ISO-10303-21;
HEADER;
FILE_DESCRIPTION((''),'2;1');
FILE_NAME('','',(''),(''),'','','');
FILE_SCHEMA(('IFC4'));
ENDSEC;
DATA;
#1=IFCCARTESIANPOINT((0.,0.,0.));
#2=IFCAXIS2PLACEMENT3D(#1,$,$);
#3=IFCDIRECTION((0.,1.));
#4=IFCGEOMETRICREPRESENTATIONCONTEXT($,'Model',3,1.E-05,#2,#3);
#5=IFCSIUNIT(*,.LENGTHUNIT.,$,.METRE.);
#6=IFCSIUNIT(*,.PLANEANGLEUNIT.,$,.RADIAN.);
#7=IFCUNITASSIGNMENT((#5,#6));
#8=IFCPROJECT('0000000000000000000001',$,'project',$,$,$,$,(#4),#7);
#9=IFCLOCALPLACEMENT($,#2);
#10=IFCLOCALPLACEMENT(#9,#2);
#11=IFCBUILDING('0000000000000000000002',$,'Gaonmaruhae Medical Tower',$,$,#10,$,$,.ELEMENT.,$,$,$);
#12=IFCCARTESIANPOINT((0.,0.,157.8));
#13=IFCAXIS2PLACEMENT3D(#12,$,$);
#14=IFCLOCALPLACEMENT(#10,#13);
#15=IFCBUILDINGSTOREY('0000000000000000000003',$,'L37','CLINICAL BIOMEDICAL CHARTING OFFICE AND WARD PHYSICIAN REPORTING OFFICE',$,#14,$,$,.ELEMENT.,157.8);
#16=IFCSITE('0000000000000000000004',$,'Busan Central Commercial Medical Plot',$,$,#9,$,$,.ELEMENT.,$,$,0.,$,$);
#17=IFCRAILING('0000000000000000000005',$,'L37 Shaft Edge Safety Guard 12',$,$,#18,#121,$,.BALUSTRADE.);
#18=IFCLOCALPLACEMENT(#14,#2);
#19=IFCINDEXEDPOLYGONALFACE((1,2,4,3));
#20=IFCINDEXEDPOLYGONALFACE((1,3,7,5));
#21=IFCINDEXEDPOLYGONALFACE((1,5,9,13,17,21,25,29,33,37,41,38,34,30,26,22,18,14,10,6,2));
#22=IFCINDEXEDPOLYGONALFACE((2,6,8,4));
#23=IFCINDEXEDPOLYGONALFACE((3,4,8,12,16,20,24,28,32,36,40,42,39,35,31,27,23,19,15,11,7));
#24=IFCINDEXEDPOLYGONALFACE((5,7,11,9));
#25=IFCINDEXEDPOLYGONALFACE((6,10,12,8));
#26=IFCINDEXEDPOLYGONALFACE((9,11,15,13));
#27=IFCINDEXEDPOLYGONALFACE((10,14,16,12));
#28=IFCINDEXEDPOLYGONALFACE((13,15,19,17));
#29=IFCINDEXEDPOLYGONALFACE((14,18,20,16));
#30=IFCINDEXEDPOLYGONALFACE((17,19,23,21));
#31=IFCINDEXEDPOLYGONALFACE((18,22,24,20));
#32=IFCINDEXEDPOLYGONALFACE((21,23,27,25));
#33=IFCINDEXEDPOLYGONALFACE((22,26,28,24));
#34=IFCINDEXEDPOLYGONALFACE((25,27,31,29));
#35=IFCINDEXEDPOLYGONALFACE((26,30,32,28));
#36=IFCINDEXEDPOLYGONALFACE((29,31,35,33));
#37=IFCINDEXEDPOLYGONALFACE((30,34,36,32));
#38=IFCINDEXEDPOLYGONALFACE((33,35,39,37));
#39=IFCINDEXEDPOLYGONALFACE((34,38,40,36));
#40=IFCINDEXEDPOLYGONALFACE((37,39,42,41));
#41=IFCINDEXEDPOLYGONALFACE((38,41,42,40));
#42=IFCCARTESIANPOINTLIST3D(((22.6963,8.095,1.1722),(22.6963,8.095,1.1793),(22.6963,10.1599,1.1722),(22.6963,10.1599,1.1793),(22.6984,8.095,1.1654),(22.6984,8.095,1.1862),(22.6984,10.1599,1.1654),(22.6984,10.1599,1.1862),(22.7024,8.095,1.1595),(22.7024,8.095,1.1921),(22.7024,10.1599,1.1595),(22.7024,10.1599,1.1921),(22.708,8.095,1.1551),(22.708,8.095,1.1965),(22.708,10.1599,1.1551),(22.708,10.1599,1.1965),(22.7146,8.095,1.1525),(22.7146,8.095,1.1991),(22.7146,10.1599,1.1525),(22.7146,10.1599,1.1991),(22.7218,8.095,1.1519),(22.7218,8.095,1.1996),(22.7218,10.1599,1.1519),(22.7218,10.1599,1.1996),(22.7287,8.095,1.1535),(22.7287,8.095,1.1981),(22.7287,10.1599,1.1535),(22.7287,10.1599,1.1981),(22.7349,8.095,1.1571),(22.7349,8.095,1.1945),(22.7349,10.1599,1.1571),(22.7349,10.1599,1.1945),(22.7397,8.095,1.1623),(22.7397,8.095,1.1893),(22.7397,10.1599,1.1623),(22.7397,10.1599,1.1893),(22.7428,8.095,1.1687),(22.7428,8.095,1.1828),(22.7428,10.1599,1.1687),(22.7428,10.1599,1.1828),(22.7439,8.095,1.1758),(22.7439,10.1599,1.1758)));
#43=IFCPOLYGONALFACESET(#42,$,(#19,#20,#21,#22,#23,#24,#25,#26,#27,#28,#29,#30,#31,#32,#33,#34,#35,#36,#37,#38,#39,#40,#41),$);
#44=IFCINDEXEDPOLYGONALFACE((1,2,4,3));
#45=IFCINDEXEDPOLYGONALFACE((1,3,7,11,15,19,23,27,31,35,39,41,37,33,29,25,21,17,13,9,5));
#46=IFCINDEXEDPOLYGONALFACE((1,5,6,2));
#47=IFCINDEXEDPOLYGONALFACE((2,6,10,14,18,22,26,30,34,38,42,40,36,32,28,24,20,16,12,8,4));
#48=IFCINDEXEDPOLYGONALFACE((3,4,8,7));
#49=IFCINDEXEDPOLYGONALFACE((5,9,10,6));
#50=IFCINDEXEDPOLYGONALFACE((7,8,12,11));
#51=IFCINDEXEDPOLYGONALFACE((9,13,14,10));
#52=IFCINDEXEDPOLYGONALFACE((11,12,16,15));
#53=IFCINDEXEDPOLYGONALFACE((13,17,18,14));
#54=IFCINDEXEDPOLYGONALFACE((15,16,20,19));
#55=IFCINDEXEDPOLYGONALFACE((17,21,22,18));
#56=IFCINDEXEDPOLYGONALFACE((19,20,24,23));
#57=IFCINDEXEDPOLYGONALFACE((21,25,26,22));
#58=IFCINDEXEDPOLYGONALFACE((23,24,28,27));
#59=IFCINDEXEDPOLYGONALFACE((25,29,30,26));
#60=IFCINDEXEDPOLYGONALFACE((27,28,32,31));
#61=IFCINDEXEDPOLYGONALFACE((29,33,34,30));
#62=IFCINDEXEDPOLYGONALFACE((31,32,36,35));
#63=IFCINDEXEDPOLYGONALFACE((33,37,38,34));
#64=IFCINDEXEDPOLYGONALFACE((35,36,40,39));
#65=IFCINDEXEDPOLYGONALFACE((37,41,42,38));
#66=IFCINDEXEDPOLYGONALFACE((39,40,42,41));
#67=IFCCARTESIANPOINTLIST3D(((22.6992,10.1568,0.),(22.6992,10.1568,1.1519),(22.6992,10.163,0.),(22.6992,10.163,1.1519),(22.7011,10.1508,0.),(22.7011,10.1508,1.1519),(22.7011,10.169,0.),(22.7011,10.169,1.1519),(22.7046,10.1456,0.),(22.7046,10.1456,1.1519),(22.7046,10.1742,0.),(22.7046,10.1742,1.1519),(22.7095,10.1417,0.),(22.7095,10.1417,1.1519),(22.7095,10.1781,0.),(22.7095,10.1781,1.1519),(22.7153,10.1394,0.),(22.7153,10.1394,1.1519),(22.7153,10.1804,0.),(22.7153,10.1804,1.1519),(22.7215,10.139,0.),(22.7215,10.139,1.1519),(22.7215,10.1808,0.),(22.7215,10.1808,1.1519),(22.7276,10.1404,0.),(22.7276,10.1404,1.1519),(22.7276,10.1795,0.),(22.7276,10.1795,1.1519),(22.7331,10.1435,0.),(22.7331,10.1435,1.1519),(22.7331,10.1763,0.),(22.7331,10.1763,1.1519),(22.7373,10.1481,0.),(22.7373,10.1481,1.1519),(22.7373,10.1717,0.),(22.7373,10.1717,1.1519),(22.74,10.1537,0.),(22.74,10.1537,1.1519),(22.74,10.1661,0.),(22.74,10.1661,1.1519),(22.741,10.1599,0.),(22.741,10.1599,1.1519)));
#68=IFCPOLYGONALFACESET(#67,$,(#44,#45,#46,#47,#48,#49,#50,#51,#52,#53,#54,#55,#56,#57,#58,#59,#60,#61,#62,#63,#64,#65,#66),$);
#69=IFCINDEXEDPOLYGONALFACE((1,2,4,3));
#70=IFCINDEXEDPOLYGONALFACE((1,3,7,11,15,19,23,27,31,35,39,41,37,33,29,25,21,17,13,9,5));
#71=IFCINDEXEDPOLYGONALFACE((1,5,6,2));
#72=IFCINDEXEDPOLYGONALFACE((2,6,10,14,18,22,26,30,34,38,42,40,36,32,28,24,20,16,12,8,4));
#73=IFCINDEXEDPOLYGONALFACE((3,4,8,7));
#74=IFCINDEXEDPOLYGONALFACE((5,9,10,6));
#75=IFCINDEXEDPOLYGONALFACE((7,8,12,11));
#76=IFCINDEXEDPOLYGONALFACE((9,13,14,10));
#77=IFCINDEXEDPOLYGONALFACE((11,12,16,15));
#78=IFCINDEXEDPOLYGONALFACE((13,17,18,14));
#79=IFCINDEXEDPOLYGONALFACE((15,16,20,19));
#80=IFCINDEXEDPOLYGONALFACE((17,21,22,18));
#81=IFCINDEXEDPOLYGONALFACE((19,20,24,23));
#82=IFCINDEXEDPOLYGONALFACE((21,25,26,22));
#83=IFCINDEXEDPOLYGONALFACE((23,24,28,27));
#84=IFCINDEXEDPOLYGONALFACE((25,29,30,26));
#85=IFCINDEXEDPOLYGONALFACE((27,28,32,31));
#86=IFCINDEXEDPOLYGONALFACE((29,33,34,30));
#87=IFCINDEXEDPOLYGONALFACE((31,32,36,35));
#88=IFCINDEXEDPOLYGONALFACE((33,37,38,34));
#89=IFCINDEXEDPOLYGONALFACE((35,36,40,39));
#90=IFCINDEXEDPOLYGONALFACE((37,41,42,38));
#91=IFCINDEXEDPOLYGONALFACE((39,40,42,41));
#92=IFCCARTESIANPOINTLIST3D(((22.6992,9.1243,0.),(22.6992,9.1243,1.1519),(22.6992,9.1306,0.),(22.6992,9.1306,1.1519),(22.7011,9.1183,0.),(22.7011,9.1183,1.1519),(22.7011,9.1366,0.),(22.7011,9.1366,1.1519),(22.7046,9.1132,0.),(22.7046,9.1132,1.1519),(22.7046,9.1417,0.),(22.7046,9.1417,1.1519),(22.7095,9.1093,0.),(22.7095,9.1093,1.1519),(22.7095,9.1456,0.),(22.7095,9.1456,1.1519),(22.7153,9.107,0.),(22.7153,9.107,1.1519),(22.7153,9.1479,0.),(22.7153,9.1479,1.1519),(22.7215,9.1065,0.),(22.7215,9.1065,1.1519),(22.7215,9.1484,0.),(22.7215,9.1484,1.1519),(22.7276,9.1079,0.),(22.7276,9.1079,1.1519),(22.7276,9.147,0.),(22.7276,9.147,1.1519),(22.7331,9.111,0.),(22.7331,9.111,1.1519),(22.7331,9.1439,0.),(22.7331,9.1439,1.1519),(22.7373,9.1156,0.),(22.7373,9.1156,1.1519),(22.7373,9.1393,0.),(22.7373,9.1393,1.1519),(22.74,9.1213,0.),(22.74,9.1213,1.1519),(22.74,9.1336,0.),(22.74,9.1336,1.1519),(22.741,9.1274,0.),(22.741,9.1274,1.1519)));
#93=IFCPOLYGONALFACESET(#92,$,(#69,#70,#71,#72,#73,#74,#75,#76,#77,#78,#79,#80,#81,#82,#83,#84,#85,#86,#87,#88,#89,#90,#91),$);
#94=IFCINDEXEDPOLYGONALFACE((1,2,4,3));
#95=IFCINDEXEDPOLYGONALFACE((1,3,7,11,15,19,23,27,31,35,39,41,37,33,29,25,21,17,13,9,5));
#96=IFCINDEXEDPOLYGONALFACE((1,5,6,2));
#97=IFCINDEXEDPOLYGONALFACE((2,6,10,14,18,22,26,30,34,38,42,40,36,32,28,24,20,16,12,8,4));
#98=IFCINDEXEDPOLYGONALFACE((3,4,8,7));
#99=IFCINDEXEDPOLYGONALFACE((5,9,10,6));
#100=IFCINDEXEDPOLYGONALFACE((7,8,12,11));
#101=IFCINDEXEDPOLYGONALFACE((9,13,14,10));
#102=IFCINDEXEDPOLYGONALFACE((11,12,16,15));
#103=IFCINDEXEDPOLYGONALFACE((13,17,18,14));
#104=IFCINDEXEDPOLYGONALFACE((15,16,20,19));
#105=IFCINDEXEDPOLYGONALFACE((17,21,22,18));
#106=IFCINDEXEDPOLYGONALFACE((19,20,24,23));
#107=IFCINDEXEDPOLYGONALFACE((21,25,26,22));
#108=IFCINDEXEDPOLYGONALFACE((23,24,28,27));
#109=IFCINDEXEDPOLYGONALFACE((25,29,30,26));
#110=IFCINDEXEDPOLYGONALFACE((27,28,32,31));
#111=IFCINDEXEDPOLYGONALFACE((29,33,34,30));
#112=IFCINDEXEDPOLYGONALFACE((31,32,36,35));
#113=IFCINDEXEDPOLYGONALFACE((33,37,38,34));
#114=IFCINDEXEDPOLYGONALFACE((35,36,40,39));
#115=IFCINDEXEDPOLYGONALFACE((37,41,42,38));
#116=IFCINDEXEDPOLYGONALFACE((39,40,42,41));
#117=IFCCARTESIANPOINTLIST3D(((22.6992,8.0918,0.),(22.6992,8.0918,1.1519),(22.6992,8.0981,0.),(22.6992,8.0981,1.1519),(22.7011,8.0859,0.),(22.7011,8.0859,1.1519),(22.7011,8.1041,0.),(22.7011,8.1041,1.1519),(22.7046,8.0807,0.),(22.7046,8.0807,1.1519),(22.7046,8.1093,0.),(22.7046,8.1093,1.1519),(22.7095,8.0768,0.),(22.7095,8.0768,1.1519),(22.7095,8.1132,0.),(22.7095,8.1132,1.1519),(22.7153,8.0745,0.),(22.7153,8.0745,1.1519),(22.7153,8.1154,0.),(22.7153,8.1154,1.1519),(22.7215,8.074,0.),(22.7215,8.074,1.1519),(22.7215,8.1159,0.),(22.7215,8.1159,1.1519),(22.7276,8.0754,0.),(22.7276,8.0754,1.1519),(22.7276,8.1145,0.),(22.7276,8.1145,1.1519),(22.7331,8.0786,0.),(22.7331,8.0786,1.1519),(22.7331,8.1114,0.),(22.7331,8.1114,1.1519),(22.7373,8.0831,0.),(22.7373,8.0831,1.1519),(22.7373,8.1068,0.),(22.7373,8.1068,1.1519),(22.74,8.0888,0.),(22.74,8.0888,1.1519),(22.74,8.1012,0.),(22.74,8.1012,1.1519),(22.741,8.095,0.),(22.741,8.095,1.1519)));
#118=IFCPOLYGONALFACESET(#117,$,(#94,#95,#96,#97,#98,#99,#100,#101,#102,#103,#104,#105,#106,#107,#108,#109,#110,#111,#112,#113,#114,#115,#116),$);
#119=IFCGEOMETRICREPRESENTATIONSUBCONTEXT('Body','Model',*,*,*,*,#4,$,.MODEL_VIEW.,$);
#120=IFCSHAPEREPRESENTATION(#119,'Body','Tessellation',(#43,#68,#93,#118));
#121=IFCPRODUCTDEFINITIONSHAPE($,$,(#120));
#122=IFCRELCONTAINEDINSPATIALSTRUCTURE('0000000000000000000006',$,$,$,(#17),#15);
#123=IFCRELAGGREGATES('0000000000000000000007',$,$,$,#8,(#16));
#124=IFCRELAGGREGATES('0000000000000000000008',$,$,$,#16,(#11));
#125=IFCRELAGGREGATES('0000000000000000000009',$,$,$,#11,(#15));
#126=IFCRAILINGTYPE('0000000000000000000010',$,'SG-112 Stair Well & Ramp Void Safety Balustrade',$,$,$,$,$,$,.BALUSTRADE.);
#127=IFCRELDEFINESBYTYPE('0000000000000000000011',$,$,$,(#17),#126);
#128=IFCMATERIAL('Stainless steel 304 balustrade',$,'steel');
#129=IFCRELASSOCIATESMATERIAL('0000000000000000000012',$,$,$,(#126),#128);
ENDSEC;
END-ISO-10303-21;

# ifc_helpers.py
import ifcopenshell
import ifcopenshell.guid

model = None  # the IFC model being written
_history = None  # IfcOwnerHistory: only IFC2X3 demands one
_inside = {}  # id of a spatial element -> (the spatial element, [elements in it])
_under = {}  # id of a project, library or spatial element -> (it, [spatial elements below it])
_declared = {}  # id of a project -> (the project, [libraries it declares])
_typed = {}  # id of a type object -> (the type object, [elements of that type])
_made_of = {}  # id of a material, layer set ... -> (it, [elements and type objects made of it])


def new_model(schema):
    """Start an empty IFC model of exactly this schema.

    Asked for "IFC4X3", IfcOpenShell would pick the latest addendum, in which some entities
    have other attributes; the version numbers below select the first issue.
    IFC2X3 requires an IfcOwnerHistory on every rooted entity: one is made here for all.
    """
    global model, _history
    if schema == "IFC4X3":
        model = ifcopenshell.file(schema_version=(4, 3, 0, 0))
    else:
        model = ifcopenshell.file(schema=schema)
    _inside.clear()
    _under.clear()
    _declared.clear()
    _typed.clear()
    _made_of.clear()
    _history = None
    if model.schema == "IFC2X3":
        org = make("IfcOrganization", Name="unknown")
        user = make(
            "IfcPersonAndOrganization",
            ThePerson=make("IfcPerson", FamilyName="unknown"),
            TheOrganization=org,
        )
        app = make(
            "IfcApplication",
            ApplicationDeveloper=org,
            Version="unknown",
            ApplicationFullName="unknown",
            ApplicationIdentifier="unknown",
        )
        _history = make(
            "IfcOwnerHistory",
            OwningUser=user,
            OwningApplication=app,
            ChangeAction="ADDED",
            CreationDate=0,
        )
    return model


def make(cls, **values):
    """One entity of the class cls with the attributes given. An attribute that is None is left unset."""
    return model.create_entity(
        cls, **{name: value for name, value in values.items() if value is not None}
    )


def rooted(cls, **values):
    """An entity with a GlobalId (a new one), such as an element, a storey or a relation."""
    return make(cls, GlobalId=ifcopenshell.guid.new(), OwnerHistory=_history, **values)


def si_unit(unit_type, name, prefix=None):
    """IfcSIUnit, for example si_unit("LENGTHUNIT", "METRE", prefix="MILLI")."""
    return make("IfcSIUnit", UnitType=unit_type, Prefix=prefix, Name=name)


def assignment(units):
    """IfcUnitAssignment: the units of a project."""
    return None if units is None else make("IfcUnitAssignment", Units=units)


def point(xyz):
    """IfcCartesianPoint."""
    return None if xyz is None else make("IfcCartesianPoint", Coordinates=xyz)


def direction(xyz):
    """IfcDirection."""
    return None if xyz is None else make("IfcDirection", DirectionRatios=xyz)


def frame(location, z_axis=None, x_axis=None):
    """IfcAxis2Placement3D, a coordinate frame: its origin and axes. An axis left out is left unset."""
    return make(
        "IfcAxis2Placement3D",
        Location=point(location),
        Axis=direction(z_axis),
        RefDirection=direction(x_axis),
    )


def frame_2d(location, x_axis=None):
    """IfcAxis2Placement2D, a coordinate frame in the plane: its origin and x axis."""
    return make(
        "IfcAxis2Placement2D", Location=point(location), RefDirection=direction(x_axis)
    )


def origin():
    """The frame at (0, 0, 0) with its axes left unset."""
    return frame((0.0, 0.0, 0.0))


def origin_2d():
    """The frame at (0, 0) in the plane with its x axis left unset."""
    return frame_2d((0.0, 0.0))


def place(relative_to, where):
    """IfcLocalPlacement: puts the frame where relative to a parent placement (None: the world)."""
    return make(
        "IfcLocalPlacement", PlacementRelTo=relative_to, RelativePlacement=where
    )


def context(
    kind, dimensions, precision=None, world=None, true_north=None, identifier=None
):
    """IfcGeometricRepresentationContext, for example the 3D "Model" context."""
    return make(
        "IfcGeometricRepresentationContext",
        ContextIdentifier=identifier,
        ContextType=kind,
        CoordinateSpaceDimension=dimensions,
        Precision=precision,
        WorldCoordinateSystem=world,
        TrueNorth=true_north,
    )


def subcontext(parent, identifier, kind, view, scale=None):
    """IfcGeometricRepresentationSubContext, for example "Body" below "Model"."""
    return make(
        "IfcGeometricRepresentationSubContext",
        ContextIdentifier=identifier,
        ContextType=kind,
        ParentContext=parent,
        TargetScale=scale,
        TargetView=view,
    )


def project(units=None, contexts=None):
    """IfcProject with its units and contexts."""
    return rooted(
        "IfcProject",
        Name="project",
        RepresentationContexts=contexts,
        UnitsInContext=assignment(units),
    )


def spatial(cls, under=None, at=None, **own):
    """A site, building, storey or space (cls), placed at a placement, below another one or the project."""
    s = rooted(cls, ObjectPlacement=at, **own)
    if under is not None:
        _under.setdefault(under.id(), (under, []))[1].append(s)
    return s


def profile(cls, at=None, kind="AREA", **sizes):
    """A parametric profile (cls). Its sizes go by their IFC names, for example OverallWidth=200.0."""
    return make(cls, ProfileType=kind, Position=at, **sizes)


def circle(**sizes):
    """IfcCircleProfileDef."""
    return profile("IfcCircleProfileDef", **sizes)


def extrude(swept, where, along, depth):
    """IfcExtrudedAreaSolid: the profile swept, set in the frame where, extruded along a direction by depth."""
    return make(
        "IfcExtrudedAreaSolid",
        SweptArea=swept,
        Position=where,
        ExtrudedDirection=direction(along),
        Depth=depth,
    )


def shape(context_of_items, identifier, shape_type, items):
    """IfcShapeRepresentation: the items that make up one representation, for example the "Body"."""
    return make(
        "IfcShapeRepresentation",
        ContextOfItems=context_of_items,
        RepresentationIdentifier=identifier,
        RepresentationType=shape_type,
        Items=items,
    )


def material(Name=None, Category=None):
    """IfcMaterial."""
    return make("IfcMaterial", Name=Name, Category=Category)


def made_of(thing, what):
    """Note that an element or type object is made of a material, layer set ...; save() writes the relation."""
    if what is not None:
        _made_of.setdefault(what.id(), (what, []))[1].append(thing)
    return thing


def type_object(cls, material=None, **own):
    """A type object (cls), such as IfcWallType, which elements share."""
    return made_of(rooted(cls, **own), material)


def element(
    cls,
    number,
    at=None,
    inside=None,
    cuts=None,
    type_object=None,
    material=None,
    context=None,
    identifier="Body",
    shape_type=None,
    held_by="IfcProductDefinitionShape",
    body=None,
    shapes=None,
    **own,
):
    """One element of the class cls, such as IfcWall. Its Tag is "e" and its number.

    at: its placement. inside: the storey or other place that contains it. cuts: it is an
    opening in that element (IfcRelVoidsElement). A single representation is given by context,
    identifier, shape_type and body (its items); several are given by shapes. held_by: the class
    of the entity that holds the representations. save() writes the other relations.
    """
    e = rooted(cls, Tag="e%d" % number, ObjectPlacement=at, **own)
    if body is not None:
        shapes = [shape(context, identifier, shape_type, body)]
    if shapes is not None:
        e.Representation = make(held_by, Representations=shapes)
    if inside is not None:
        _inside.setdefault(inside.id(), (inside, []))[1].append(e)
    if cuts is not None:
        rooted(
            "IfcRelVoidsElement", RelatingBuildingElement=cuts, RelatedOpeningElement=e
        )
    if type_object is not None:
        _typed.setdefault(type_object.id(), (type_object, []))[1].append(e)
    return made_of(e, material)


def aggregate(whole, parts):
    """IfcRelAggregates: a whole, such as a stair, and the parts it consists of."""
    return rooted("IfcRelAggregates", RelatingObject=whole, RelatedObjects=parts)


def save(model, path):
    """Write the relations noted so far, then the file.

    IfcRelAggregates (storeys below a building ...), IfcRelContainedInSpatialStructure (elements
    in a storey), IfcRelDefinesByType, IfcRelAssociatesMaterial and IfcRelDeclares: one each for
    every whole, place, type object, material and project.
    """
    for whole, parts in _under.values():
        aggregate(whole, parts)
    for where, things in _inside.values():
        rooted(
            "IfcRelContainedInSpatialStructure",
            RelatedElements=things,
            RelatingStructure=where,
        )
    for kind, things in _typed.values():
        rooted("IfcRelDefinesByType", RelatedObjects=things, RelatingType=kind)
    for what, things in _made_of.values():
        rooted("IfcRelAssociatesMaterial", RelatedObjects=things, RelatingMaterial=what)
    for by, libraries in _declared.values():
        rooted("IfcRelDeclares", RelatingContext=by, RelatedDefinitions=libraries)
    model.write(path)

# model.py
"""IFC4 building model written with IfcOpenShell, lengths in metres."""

from ifc_helpers import new_model, si_unit, direction, frame, origin, origin_2d, place, context, subcontext, project, spatial, circle, extrude, material, type_object, element, save


model = new_model("IFC4")

# Units and contexts
model_context = context("Model", 3, precision=1e-05, world=origin(), true_north=direction((0.0, 1.0)))
body_context = subcontext(model_context, "Body", "Model", "MODEL_VIEW")
ifc_project = project(units=[si_unit("LENGTHUNIT", "METRE"), si_unit("PLANEANGLEUNIT", "RADIAN")], contexts=[model_context])

# Site, building, storey
site_placement = place(None, origin())
site = spatial("IfcSite", under=ifc_project, at=site_placement, Name="Busan Central Commercial Medical Plot", CompositionType="ELEMENT", RefElevation=0.0)
building_placement = place(site_placement, origin())
building = spatial("IfcBuilding", under=site, at=building_placement, Name="Gaonmaruhae Medical Tower", CompositionType="ELEMENT")
storey_placement = place(building_placement, frame((0.0, 0.0, 157.8)))
storey = spatial("IfcBuildingStorey", under=building, at=storey_placement, Name="L37", Description="CLINICAL BIOMEDICAL CHARTING OFFICE AND WARD PHYSICIAN REPORTING OFFICE", CompositionType="ELEMENT", Elevation=157.8)

# Railing
ifc_material_1 = material(Name="Stainless steel 304 balustrade", Category="steel")
railing_type_1 = type_object("IfcRailingType", Name="SG-112 Stair Well & Ramp Void Safety Balustrade", PredefinedType="BALUSTRADE", material=ifc_material_1)
railing_1_placement = place(storey_placement, frame((22.72, 10.1599, 0.0)))
element("IfcRailing", 1, at=railing_1_placement, inside=storey, type_object=railing_type_1, Name="L37 Shaft Edge Safety Guard 12", PredefinedType="BALUSTRADE", context=body_context, shape_type="SweptSolid", body=[
    extrude(circle(Radius=0.0239, at=origin_2d()), frame((0.0, 0.0, 1.1758), z_axis=(0.0, -1.0, 0.0), x_axis=(1.0, 0.0, 0.0)), (0.0, 0.0, 1.0), 2.0649),
    extrude(circle(Radius=0.021, at=origin_2d()), origin(), (0.0, 0.0, 1.0), 1.1519),
    extrude(circle(Radius=0.021, at=origin_2d()), frame((0.0, -1.0325, 0.0)), (0.0, 0.0, 1.0), 1.1519),
    extrude(circle(Radius=0.021, at=origin_2d()), frame((0.0, -2.0649, 0.0)), (0.0, 0.0, 1.0), 1.1519),
])

save(model, "model.ifc")
